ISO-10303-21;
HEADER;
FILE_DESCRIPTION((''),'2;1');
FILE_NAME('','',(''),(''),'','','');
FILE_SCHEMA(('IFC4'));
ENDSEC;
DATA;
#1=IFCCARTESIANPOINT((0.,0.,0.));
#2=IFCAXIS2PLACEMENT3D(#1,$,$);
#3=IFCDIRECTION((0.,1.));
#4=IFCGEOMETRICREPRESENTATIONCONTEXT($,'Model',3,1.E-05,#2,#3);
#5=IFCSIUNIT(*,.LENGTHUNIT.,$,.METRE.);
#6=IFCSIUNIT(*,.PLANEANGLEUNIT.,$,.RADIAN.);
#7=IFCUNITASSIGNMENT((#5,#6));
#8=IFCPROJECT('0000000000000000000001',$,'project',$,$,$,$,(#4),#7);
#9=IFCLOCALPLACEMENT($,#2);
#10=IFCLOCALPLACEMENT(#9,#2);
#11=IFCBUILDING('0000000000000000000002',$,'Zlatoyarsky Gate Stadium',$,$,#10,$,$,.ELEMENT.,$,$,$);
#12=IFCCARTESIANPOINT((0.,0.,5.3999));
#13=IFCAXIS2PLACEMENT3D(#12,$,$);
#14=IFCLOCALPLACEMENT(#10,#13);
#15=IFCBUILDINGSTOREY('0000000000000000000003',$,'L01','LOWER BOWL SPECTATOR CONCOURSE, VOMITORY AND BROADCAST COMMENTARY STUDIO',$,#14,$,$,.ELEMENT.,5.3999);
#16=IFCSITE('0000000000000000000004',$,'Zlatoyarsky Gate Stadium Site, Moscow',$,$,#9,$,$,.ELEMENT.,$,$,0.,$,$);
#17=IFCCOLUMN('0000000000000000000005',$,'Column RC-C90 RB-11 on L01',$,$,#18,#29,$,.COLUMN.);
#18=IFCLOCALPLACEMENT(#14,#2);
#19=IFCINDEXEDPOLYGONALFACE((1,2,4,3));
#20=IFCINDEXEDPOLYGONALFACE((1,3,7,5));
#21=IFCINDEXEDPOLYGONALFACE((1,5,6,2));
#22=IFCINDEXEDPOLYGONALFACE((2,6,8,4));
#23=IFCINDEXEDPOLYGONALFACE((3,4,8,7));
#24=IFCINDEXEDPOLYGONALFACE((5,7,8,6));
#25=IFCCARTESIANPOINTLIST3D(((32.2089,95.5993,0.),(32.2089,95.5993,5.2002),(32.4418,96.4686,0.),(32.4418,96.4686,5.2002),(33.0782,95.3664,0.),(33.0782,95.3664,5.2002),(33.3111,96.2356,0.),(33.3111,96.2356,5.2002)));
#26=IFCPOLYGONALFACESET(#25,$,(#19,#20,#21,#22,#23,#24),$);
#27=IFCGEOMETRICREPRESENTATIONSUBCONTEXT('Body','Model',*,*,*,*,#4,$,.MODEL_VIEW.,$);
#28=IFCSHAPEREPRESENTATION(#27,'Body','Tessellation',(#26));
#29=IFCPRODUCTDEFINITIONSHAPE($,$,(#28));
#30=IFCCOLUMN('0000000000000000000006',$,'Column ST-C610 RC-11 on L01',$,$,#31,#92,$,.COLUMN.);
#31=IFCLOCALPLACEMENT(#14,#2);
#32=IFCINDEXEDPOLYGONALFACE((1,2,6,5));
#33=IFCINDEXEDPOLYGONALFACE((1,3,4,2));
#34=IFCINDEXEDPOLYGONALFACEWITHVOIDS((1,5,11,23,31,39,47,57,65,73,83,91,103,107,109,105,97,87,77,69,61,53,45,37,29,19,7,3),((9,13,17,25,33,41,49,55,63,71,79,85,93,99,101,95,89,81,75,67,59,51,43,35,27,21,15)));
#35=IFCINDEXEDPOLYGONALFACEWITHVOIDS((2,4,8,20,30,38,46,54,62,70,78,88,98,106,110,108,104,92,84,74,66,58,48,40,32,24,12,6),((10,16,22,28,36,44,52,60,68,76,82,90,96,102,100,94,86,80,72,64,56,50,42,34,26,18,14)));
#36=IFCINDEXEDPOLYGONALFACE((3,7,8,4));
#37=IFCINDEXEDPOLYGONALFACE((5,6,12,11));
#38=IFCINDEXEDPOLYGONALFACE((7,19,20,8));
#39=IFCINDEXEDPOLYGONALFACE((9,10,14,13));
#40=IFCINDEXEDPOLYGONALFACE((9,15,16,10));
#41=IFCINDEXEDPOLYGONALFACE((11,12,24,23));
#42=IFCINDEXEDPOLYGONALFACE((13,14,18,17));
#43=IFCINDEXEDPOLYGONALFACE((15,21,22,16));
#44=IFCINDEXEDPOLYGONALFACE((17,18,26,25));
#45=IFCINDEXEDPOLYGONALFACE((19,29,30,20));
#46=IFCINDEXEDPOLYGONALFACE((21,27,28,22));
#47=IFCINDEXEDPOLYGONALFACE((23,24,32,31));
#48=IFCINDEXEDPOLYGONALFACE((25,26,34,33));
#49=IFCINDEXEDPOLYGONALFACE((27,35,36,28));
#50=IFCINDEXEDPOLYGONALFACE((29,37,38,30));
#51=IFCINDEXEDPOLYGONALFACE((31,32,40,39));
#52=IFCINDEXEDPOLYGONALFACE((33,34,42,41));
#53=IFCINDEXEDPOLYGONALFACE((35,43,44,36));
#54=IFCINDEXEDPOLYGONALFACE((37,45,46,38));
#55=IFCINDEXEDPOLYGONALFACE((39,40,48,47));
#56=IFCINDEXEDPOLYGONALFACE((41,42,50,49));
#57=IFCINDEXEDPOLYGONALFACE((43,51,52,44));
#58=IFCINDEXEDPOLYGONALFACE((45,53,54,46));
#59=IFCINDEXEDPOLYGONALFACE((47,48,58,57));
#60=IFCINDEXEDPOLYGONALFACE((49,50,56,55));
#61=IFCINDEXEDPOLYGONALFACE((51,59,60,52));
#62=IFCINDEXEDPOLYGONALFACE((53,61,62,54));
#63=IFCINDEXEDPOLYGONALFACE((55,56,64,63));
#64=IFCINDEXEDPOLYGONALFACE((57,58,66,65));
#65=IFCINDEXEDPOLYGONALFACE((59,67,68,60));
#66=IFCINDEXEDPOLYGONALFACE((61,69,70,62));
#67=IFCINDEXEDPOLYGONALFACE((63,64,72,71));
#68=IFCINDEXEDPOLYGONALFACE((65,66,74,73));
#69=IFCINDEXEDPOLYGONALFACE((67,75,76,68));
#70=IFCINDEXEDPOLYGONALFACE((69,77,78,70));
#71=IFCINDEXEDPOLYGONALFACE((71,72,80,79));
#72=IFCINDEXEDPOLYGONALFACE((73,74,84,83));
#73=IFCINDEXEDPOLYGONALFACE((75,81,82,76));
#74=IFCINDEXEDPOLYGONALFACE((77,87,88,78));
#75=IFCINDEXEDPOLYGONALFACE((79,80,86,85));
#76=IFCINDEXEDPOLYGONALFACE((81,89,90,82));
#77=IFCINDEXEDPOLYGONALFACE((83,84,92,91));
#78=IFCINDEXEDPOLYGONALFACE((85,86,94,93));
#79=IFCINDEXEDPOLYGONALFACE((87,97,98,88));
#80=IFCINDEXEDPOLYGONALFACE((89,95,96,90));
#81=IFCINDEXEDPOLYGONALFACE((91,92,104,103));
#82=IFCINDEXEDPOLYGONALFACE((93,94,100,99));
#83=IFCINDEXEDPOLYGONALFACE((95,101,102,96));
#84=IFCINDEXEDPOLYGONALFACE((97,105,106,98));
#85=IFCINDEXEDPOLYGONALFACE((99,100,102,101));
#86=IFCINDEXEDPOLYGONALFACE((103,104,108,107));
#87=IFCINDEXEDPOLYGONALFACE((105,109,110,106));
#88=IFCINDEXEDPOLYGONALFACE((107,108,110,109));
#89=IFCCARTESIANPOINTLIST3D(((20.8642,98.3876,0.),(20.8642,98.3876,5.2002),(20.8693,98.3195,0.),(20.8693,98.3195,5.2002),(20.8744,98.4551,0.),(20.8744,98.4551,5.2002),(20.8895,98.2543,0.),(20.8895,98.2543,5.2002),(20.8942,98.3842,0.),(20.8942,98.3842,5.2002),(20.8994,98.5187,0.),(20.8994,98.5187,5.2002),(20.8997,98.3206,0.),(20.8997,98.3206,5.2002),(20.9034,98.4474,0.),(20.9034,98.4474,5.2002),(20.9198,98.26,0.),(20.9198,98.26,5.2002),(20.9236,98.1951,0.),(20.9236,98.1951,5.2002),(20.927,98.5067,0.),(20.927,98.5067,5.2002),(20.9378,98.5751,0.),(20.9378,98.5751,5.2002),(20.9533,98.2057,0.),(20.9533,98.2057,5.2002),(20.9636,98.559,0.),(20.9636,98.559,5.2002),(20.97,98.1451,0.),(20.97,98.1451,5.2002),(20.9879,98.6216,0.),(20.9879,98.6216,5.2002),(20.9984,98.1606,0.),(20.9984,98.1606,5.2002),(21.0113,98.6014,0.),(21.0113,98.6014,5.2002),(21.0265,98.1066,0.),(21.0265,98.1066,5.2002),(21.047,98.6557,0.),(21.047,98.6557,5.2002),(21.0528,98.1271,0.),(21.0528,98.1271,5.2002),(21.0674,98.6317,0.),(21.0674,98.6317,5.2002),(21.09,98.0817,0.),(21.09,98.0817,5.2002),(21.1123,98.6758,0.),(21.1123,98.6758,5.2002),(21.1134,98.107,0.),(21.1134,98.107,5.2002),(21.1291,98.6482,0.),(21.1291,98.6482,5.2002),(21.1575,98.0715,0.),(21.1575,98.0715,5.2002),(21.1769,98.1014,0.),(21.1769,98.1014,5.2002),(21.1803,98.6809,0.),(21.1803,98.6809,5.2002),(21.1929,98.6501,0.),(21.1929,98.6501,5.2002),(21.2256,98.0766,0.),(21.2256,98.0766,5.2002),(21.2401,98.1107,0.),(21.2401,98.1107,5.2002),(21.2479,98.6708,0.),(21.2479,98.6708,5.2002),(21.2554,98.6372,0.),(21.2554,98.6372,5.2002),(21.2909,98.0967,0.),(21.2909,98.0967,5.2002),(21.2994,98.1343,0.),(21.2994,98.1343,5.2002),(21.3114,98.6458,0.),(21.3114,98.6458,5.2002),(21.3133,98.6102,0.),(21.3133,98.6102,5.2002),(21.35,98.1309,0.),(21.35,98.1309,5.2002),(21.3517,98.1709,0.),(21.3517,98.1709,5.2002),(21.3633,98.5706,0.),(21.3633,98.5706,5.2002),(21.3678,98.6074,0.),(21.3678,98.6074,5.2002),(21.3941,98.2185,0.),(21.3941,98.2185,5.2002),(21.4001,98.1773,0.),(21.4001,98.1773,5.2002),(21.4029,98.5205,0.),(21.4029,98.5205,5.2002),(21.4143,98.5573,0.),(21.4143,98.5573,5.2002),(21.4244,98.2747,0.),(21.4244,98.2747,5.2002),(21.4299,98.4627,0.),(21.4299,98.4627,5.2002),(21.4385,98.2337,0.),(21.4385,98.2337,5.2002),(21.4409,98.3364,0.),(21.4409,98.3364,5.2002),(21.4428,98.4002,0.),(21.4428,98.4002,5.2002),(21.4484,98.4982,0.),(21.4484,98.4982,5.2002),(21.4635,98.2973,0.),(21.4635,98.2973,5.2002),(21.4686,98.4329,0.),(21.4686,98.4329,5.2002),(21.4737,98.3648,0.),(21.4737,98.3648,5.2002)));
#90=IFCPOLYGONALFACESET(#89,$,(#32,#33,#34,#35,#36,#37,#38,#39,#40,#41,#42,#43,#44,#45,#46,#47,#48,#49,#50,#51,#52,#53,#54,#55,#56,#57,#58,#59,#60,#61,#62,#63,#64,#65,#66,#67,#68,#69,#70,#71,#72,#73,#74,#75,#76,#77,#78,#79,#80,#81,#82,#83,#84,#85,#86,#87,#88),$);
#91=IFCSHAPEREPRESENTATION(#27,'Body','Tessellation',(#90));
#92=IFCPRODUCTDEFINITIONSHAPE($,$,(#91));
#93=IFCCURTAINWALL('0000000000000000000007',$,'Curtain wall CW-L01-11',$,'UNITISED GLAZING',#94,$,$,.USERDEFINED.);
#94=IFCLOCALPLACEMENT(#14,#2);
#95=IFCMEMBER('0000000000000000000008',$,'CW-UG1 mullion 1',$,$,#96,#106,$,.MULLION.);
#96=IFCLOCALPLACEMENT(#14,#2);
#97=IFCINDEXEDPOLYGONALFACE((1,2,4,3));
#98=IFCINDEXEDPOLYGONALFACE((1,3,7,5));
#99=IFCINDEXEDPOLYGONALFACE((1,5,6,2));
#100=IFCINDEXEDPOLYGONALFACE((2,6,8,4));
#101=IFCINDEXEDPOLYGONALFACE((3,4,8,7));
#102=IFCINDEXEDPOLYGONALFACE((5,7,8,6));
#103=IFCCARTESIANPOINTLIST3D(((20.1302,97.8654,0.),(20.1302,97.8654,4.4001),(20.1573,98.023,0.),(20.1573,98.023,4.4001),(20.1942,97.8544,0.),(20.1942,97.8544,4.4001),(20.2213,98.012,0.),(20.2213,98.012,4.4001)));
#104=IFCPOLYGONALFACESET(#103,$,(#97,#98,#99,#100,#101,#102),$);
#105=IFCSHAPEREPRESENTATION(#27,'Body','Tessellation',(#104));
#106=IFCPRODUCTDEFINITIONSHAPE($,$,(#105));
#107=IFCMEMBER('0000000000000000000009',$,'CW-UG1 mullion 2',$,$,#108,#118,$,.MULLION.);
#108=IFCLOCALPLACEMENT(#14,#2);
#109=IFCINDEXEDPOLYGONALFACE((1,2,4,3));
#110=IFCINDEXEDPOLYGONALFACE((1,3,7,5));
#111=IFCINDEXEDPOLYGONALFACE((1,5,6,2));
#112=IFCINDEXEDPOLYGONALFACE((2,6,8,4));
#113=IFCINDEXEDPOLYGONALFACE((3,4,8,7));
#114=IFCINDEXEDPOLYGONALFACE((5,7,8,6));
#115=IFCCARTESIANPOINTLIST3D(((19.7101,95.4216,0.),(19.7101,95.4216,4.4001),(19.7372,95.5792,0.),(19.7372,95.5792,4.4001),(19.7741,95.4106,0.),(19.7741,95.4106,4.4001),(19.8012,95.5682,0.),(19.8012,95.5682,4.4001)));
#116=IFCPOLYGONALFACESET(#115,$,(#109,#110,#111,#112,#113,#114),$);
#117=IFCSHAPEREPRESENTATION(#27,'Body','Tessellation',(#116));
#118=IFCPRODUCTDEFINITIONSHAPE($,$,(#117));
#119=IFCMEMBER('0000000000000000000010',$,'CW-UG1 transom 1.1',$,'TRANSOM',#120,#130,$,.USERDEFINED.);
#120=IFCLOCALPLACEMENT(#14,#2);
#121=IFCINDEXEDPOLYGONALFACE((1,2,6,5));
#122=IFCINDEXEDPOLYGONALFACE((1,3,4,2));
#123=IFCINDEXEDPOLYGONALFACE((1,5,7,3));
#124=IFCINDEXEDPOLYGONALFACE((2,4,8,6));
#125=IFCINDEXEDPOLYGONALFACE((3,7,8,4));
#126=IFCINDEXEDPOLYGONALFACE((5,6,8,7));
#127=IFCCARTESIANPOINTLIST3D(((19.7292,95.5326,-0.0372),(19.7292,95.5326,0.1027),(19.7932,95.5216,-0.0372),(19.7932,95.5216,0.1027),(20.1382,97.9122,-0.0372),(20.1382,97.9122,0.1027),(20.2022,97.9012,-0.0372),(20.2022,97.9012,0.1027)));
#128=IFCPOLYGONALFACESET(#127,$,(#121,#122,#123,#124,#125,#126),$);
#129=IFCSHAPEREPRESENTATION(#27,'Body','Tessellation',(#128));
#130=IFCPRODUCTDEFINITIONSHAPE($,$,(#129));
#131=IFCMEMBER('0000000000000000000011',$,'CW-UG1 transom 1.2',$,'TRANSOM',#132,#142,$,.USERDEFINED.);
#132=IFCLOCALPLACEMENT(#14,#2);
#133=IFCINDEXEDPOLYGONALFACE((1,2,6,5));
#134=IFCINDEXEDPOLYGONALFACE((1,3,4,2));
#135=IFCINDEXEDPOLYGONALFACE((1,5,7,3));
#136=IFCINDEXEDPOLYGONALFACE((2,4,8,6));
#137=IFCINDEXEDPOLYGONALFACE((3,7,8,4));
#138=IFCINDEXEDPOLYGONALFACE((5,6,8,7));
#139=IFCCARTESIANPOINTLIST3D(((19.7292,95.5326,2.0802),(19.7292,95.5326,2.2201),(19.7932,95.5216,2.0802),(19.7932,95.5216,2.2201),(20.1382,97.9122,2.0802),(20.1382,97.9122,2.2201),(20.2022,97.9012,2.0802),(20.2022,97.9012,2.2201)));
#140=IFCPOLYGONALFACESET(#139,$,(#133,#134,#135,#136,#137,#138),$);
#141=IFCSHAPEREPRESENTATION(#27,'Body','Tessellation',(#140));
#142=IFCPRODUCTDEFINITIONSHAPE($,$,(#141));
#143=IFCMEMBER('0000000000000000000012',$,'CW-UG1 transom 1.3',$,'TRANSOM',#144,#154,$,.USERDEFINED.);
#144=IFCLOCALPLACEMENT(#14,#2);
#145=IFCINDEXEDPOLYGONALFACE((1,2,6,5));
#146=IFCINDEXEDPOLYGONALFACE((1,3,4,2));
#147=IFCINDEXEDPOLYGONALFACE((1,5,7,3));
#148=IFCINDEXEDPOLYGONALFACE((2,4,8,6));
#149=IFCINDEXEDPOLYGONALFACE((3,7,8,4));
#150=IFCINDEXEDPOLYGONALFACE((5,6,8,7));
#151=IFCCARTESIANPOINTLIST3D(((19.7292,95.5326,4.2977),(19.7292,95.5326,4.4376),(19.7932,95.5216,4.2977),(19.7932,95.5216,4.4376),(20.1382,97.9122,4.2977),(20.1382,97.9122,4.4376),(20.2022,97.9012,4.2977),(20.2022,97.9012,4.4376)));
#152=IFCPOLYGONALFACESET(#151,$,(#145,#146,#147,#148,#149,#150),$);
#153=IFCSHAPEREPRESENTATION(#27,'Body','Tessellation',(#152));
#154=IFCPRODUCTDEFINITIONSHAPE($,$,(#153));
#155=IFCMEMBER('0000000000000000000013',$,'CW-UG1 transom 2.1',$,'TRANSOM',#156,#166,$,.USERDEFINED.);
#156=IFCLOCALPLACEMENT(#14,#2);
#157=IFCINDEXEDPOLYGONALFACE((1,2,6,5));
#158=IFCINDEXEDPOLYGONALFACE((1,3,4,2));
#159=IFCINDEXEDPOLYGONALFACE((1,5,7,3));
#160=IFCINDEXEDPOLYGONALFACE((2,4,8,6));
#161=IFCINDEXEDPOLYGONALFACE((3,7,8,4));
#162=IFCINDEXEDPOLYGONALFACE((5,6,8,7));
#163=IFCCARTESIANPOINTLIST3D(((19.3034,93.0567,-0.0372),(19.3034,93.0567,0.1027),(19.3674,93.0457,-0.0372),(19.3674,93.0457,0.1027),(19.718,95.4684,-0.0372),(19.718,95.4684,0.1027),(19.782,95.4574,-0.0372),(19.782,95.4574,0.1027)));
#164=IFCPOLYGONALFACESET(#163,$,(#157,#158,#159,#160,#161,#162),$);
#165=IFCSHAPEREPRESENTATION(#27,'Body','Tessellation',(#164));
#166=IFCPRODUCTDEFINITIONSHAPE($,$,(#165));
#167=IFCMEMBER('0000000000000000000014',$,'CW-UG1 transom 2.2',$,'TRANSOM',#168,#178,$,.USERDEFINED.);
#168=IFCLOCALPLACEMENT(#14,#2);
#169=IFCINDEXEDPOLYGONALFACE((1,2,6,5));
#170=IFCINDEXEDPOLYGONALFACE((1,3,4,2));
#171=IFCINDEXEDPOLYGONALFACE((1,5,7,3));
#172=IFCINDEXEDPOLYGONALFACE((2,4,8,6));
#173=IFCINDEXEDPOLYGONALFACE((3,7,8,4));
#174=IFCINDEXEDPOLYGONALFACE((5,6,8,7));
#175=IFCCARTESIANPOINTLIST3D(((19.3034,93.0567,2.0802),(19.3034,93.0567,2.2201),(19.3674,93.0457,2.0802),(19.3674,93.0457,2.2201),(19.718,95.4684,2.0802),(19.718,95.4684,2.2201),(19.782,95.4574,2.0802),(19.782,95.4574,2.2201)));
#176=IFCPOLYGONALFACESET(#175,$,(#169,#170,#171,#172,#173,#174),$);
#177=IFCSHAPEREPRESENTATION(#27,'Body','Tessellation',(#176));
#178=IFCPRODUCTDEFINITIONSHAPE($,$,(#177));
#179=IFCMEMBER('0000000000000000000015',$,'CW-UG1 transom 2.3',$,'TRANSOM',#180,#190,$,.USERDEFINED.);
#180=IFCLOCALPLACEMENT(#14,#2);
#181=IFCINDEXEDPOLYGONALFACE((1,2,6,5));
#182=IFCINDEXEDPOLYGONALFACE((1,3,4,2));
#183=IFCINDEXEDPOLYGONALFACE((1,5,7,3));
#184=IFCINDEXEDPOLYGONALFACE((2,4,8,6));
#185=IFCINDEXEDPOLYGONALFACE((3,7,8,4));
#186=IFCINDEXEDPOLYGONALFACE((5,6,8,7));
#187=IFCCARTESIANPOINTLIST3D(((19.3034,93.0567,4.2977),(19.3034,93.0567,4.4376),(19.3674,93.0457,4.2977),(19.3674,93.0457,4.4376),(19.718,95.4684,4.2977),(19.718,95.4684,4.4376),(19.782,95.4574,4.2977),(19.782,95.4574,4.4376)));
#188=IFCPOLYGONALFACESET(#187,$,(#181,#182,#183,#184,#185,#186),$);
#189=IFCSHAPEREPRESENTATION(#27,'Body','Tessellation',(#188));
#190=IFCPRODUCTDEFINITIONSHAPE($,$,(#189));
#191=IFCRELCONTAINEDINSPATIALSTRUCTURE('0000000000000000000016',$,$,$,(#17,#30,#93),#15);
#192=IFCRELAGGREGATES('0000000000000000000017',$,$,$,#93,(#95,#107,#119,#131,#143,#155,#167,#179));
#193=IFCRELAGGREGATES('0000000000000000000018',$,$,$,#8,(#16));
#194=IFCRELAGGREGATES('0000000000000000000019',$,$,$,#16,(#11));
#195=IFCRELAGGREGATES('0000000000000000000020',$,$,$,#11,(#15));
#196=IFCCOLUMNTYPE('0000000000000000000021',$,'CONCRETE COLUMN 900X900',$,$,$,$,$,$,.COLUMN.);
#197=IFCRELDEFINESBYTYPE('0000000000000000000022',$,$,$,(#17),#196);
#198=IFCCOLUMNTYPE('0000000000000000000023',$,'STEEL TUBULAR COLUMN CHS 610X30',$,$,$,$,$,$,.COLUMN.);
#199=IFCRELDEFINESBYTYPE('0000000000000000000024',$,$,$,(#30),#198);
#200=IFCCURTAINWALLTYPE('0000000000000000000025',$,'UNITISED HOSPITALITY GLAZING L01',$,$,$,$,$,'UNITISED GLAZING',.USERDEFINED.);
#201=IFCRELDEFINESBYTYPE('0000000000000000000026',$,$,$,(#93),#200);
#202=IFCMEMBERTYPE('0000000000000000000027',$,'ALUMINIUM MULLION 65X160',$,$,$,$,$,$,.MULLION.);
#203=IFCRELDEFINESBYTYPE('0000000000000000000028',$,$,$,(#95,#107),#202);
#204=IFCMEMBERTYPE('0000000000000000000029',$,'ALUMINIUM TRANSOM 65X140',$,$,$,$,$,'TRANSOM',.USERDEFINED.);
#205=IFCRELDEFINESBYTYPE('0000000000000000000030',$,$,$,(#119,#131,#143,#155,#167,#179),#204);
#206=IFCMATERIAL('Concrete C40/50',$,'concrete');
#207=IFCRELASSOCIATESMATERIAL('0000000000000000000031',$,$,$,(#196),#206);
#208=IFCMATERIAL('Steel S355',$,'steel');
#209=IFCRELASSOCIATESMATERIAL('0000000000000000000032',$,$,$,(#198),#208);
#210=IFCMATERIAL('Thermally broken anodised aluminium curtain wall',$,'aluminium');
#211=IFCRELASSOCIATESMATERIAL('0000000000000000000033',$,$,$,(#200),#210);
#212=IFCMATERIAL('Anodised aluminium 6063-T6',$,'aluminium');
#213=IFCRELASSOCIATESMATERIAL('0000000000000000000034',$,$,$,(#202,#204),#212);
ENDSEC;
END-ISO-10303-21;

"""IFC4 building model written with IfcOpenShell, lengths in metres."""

from ifc_helpers import new_model, si_unit, direction, frame, origin, origin_2d, place, context, subcontext, project, spatial, rectangle, hollow_circle, extrude, material, material_profile, profile_set, type_object, element, aggregate, save


model = new_model("IFC4")

# Units and contexts
model_context = context("Model", 3, precision=1e-05, world=origin(), true_north=direction((0.0, 1.0)))
body_context = subcontext(model_context, "Body", "Model", "MODEL_VIEW")
ifc_project = project(units=[si_unit("LENGTHUNIT", "METRE"), si_unit("PLANEANGLEUNIT", "RADIAN")], contexts=[model_context])

# Site, building, storey
site_placement = place(None, origin())
site = spatial("IfcSite", under=ifc_project, at=site_placement, Name="Zlatoyarsky Gate Stadium Site, Moscow", CompositionType="ELEMENT", RefElevation=0.0)
building_placement = place(site_placement, origin())
building = spatial("IfcBuilding", under=site, at=building_placement, Name="Zlatoyarsky Gate Stadium", CompositionType="ELEMENT")
storey_placement = place(building_placement, frame((0.0, 0.0, 5.3999)))
storey = spatial("IfcBuildingStorey", under=building, at=storey_placement, Name="L01", Description="LOWER BOWL SPECTATOR CONCOURSE, VOMITORY AND BROADCAST COMMENTARY STUDIO", CompositionType="ELEMENT", Elevation=5.3999)

# Columns
ifc_material_1 = material(Name="Concrete C40/50", Category="concrete")
ifc_material_profile_1 = material_profile(ifc_material_1, rectangle(XDim=0.8999, YDim=0.8999, at=origin_2d()), Name="RC COL 900X900")
ifc_profile_set_1 = profile_set([ifc_material_profile_1], Name="Concrete C40/50")
column_type_1 = type_object("IfcColumnType", Name="CONCRETE COLUMN 900X900", PredefinedType="COLUMN", material=ifc_profile_set_1)
column_1_placement = place(storey_placement, frame((32.76, 95.9175, 0.0), z_axis=(0.0, 0.0, 1.0), x_axis=(-0.965926, 0.258819, 0.0)))
element("IfcColumn", 1, at=column_1_placement, inside=storey, type_object=column_type_1, Name="Column RC-C90 RB-11 on L01", PredefinedType="COLUMN", context=body_context, shape_type="SweptSolid", body=[
    extrude(rectangle(XDim=0.8999, YDim=0.8999, at=origin_2d()), origin(), (0.0, 0.0, 1.0), 5.2002),
])
ifc_material_2 = material(Name="Steel S355", Category="steel")
ifc_material_profile_2 = material_profile(ifc_material_2, hollow_circle(Radius=0.3049, WallThickness=0.03, at=origin_2d()), Name="CHS 610X30")
ifc_profile_set_2 = profile_set([ifc_material_profile_2], Name="Steel S355")
column_type_2 = type_object("IfcColumnType", Name="STEEL TUBULAR COLUMN CHS 610X30", PredefinedType="COLUMN", material=ifc_profile_set_2)
column_2_placement = place(storey_placement, frame((21.1689, 98.3762, 0.0), z_axis=(0.0, 0.0, 1.0), x_axis=(-0.965926, 0.258819, 0.0)))
element("IfcColumn", 2, at=column_2_placement, inside=storey, type_object=column_type_2, Name="Column ST-C610 RC-11 on L01", PredefinedType="COLUMN", context=body_context, shape_type="SweptSolid", body=[
    extrude(hollow_circle(Radius=0.3049, WallThickness=0.03, at=origin_2d()), origin(), (0.0, 0.0, 1.0), 5.2002),
])

# Curtain wall, members
ifc_material_3 = material(Name="Thermally broken anodised aluminium curtain wall", Category="aluminium")
curtain_wall_type = type_object("IfcCurtainWallType", Name="UNITISED HOSPITALITY GLAZING L01", ElementType="UNITISED GLAZING", PredefinedType="USERDEFINED", material=ifc_material_3)
curtain_wall_placement = place(storey_placement, origin())
curtain_wall = element("IfcCurtainWall", 3, at=curtain_wall_placement, inside=storey, type_object=curtain_wall_type, Name="Curtain wall CW-L01-11", ObjectType="UNITISED GLAZING", PredefinedType="USERDEFINED")
ifc_material_4 = material(Name="Anodised aluminium 6063-T6", Category="aluminium")
ifc_material_profile_3 = material_profile(ifc_material_4, rectangle(XDim=0.0649, YDim=0.1599, at=origin_2d()), Name="ALU 65X160")
ifc_profile_set_3 = profile_set([ifc_material_profile_3], Name="Anodised aluminium 6063-T6")
member_type_1 = type_object("IfcMemberType", Name="ALUMINIUM MULLION 65X160", PredefinedType="MULLION", material=ifc_profile_set_3)
member_1_placement = place(storey_placement, frame((20.1758, 97.9387, 0.0), z_axis=(0.0, 0.0, 1.0), x_axis=(0.985539, -0.169451, 0.0)))
member_1 = element("IfcMember", 4, at=member_1_placement, type_object=member_type_1, Name="CW-UG1 mullion 1", PredefinedType="MULLION", context=body_context, shape_type="SweptSolid", body=[
    extrude(rectangle(XDim=0.0649, YDim=0.1599, at=origin_2d()), origin(), (0.0, 0.0, 1.0), 4.4001),
])
member_2_placement = place(storey_placement, frame((19.7556, 95.4949, 0.0), z_axis=(0.0, 0.0, 1.0), x_axis=(0.985539, -0.169451, 0.0)))
member_2 = element("IfcMember", 5, at=member_2_placement, type_object=member_type_1, Name="CW-UG1 mullion 2", PredefinedType="MULLION", context=body_context, shape_type="SweptSolid", body=[
    extrude(rectangle(XDim=0.0649, YDim=0.1599, at=origin_2d()), origin(), (0.0, 0.0, 1.0), 4.4001),
])
ifc_material_profile_4 = material_profile(ifc_material_4, rectangle(XDim=0.0649, YDim=0.1399, at=origin_2d()), Name="ALU 65X140")
ifc_profile_set_4 = profile_set([ifc_material_profile_4], Name="Anodised aluminium 6063-T6")
member_type_2 = type_object("IfcMemberType", Name="ALUMINIUM TRANSOM 65X140", ElementType="TRANSOM", PredefinedType="USERDEFINED", material=ifc_profile_set_4)
member_3_placement = place(storey_placement, frame((20.1702, 97.9067, 0.0327), z_axis=(-0.169365, -0.985553, 0.0), x_axis=(0.985553, -0.169365, 0.0)))
member_3 = element("IfcMember", 6, at=member_3_placement, type_object=member_type_2, Name="CW-UG1 transom 1.1", ObjectType="TRANSOM", PredefinedType="USERDEFINED", context=body_context, shape_type="SweptSolid", body=[
    extrude(rectangle(XDim=0.0649, YDim=0.1399, at=origin_2d()), origin(), (0.0, 0.0, 1.0), 2.4146),
])
member_4_placement = place(storey_placement, frame((20.1702, 97.9067, 2.1501), z_axis=(-0.169365, -0.985553, 0.0), x_axis=(0.985553, -0.169365, 0.0)))
member_4 = element("IfcMember", 7, at=member_4_placement, type_object=member_type_2, Name="CW-UG1 transom 1.2", ObjectType="TRANSOM", PredefinedType="USERDEFINED", context=body_context, shape_type="SweptSolid", body=[
    extrude(rectangle(XDim=0.0649, YDim=0.1399, at=origin_2d()), origin(), (0.0, 0.0, 1.0), 2.4146),
])
member_5_placement = place(storey_placement, frame((20.1702, 97.9067, 4.3677), z_axis=(-0.169365, -0.985553, 0.0), x_axis=(0.985553, -0.169365, 0.0)))
member_5 = element("IfcMember", 8, at=member_5_placement, type_object=member_type_2, Name="CW-UG1 transom 1.3", ObjectType="TRANSOM", PredefinedType="USERDEFINED", context=body_context, shape_type="SweptSolid", body=[
    extrude(rectangle(XDim=0.0649, YDim=0.1399, at=origin_2d()), origin(), (0.0, 0.0, 1.0), 2.4146),
])
member_6_placement = place(storey_placement, frame((19.75, 95.4629, 0.0327), z_axis=(-0.169412, -0.985545, 0.0), x_axis=(0.985545, -0.169412, 0.0)))
member_6 = element("IfcMember", 9, at=member_6_placement, type_object=member_type_2, Name="CW-UG1 transom 2.1", ObjectType="TRANSOM", PredefinedType="USERDEFINED", context=body_context, shape_type="SweptSolid", body=[
    extrude(rectangle(XDim=0.0649, YDim=0.1399, at=origin_2d()), origin(), (0.0, 0.0, 1.0), 2.447),
])
member_7_placement = place(storey_placement, frame((19.75, 95.4629, 2.1501), z_axis=(-0.169412, -0.985545, 0.0), x_axis=(0.985545, -0.169412, 0.0)))
member_7 = element("IfcMember", 10, at=member_7_placement, type_object=member_type_2, Name="CW-UG1 transom 2.2", ObjectType="TRANSOM", PredefinedType="USERDEFINED", context=body_context, shape_type="SweptSolid", body=[
    extrude(rectangle(XDim=0.0649, YDim=0.1399, at=origin_2d()), origin(), (0.0, 0.0, 1.0), 2.447),
])
member_8_placement = place(storey_placement, frame((19.75, 95.4629, 4.3677), z_axis=(-0.169412, -0.985545, 0.0), x_axis=(0.985545, -0.169412, 0.0)))
member_8 = element("IfcMember", 11, at=member_8_placement, type_object=member_type_2, Name="CW-UG1 transom 2.3", ObjectType="TRANSOM", PredefinedType="USERDEFINED", context=body_context, shape_type="SweptSolid", body=[
    extrude(rectangle(XDim=0.0649, YDim=0.1399, at=origin_2d()), origin(), (0.0, 0.0, 1.0), 2.447),
])

aggregate(curtain_wall, [member_1, member_2, member_3, member_4, member_5, member_6, member_7, member_8])

save(model, "model.ifc")
